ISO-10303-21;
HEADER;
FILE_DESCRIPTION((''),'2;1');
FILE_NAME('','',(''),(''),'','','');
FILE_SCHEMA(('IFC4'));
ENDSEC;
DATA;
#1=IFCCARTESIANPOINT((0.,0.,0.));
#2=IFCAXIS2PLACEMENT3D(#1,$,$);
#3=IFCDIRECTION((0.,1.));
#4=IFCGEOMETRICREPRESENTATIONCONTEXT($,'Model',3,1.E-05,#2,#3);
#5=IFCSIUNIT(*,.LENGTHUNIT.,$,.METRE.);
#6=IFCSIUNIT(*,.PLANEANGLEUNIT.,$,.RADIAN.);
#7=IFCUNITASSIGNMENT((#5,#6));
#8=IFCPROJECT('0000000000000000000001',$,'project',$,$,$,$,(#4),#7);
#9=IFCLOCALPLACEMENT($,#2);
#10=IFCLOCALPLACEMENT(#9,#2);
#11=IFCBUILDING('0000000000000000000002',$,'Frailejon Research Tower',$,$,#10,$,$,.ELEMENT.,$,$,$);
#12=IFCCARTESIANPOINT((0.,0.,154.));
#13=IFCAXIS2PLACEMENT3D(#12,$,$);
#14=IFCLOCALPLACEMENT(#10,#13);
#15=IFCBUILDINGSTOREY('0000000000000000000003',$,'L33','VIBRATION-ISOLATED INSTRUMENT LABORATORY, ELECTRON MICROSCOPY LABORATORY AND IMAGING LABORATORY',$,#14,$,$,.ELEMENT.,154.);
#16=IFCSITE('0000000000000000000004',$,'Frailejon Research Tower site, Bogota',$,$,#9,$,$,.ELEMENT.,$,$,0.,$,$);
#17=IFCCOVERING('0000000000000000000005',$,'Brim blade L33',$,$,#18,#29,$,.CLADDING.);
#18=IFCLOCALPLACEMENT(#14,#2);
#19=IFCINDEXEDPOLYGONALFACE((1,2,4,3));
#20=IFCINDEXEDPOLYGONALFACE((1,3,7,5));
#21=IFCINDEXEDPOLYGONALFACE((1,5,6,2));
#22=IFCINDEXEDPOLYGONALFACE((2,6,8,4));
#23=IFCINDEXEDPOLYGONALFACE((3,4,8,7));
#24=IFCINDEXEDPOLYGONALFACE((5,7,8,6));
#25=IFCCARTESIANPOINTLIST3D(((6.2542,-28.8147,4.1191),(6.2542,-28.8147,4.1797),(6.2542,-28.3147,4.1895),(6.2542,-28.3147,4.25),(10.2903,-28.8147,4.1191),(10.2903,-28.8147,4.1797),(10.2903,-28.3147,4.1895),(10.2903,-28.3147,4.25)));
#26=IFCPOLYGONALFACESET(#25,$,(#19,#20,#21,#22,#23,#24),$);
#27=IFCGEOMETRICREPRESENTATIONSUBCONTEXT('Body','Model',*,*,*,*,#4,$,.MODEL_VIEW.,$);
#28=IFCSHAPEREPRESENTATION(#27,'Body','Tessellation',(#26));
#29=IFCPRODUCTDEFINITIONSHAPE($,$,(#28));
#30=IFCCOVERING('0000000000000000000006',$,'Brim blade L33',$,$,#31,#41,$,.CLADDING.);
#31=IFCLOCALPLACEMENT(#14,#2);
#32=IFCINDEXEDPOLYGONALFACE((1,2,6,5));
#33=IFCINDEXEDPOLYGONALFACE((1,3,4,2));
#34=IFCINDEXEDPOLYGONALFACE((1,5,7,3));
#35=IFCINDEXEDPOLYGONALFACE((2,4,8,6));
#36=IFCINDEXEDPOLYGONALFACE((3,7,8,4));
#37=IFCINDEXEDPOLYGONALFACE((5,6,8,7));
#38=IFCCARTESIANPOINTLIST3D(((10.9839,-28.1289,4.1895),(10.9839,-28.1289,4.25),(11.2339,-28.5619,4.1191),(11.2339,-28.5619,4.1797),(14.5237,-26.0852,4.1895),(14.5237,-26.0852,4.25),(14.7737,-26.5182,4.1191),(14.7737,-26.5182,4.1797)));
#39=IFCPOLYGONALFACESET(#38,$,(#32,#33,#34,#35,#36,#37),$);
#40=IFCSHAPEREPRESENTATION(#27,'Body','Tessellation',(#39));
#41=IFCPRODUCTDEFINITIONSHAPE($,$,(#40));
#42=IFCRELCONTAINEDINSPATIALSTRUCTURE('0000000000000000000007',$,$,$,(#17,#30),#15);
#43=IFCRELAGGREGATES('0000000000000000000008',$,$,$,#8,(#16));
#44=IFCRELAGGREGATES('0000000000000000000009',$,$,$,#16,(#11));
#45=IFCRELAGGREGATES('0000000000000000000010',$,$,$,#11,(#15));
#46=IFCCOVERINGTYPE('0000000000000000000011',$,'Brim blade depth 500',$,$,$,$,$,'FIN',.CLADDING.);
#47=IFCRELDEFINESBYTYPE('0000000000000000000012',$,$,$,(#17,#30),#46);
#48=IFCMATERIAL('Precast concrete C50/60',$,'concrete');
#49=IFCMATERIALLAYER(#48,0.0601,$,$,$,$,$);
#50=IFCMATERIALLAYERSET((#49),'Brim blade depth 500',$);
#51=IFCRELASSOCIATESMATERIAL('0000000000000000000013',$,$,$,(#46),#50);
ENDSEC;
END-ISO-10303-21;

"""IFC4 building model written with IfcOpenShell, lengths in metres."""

from ifc_helpers import new_model, si_unit, direction, frame, origin, place, context, subcontext, project, spatial, polyline, outline, extrude, material, layer, layer_set, type_object, element, save


model = new_model("IFC4")

# Units and contexts
model_context = context("Model", 3, precision=1e-05, world=origin(), true_north=direction((0.0, 1.0)))
body_context = subcontext(model_context, "Body", "Model", "MODEL_VIEW")
ifc_project = project(units=[si_unit("LENGTHUNIT", "METRE"), si_unit("PLANEANGLEUNIT", "RADIAN")], contexts=[model_context])

# Site, building, storey
site_placement = place(None, origin())
site = spatial("IfcSite", under=ifc_project, at=site_placement, Name="Frailejon Research Tower site, Bogota", CompositionType="ELEMENT", RefElevation=0.0)
building_placement = place(site_placement, origin())
building = spatial("IfcBuilding", under=site, at=building_placement, Name="Frailejon Research Tower", CompositionType="ELEMENT")
storey_placement = place(building_placement, frame((0.0, 0.0, 154.0)))
storey = spatial("IfcBuildingStorey", under=building, at=storey_placement, Name="L33", Description="VIBRATION-ISOLATED INSTRUMENT LABORATORY, ELECTRON MICROSCOPY LABORATORY AND IMAGING LABORATORY", CompositionType="ELEMENT", Elevation=154.0)

# Coverings
ifc_material_1 = material(Name="Precast concrete C50/60", Category="concrete")
ifc_layer_1 = layer(ifc_material_1, 0.0601)
ifc_layer_set_1 = layer_set([ifc_layer_1], Name="Brim blade depth 500")
covering_type_1 = type_object("IfcCoveringType", Name="Brim blade depth 500", ElementType="FIN", PredefinedType="CLADDING", material=ifc_layer_set_1)
covering_1_placement = place(storey_placement, frame((10.2903, -28.3147, 4.25), z_axis=(-1.0, 0.0, 0.0), x_axis=(0.0, -1.0, 0.0)))
element("IfcCovering", 1, at=covering_1_placement, inside=storey, type_object=covering_type_1, Name="Brim blade L33", PredefinedType="CLADDING", context=body_context, shape_type="SweptSolid", body=[
    extrude(outline(polyline([(0.0, -0.0605), (0.5, -0.1309), (0.5, -0.0703), (0.0, 0.0), (0.0, -0.0605)])), origin(), (0.0, 0.0, 1.0), 4.0361),
])
covering_2_placement = place(storey_placement, frame((14.5237, -26.0852, 4.25), z_axis=(-0.866021, -0.500007, 0.0), x_axis=(0.500007, -0.866021, 0.0)))
element("IfcCovering", 2, at=covering_2_placement, inside=storey, type_object=covering_type_1, Name="Brim blade L33", PredefinedType="CLADDING", context=body_context, shape_type="SweptSolid", body=[
    extrude(outline(polyline([(0.0, -0.0605), (0.5, -0.1309), (0.5, -0.0703), (0.0, 0.0), (0.0, -0.0605)])), origin(), (0.0, 0.0, 1.0), 4.0874),
])

save(model, "model.ifc")
